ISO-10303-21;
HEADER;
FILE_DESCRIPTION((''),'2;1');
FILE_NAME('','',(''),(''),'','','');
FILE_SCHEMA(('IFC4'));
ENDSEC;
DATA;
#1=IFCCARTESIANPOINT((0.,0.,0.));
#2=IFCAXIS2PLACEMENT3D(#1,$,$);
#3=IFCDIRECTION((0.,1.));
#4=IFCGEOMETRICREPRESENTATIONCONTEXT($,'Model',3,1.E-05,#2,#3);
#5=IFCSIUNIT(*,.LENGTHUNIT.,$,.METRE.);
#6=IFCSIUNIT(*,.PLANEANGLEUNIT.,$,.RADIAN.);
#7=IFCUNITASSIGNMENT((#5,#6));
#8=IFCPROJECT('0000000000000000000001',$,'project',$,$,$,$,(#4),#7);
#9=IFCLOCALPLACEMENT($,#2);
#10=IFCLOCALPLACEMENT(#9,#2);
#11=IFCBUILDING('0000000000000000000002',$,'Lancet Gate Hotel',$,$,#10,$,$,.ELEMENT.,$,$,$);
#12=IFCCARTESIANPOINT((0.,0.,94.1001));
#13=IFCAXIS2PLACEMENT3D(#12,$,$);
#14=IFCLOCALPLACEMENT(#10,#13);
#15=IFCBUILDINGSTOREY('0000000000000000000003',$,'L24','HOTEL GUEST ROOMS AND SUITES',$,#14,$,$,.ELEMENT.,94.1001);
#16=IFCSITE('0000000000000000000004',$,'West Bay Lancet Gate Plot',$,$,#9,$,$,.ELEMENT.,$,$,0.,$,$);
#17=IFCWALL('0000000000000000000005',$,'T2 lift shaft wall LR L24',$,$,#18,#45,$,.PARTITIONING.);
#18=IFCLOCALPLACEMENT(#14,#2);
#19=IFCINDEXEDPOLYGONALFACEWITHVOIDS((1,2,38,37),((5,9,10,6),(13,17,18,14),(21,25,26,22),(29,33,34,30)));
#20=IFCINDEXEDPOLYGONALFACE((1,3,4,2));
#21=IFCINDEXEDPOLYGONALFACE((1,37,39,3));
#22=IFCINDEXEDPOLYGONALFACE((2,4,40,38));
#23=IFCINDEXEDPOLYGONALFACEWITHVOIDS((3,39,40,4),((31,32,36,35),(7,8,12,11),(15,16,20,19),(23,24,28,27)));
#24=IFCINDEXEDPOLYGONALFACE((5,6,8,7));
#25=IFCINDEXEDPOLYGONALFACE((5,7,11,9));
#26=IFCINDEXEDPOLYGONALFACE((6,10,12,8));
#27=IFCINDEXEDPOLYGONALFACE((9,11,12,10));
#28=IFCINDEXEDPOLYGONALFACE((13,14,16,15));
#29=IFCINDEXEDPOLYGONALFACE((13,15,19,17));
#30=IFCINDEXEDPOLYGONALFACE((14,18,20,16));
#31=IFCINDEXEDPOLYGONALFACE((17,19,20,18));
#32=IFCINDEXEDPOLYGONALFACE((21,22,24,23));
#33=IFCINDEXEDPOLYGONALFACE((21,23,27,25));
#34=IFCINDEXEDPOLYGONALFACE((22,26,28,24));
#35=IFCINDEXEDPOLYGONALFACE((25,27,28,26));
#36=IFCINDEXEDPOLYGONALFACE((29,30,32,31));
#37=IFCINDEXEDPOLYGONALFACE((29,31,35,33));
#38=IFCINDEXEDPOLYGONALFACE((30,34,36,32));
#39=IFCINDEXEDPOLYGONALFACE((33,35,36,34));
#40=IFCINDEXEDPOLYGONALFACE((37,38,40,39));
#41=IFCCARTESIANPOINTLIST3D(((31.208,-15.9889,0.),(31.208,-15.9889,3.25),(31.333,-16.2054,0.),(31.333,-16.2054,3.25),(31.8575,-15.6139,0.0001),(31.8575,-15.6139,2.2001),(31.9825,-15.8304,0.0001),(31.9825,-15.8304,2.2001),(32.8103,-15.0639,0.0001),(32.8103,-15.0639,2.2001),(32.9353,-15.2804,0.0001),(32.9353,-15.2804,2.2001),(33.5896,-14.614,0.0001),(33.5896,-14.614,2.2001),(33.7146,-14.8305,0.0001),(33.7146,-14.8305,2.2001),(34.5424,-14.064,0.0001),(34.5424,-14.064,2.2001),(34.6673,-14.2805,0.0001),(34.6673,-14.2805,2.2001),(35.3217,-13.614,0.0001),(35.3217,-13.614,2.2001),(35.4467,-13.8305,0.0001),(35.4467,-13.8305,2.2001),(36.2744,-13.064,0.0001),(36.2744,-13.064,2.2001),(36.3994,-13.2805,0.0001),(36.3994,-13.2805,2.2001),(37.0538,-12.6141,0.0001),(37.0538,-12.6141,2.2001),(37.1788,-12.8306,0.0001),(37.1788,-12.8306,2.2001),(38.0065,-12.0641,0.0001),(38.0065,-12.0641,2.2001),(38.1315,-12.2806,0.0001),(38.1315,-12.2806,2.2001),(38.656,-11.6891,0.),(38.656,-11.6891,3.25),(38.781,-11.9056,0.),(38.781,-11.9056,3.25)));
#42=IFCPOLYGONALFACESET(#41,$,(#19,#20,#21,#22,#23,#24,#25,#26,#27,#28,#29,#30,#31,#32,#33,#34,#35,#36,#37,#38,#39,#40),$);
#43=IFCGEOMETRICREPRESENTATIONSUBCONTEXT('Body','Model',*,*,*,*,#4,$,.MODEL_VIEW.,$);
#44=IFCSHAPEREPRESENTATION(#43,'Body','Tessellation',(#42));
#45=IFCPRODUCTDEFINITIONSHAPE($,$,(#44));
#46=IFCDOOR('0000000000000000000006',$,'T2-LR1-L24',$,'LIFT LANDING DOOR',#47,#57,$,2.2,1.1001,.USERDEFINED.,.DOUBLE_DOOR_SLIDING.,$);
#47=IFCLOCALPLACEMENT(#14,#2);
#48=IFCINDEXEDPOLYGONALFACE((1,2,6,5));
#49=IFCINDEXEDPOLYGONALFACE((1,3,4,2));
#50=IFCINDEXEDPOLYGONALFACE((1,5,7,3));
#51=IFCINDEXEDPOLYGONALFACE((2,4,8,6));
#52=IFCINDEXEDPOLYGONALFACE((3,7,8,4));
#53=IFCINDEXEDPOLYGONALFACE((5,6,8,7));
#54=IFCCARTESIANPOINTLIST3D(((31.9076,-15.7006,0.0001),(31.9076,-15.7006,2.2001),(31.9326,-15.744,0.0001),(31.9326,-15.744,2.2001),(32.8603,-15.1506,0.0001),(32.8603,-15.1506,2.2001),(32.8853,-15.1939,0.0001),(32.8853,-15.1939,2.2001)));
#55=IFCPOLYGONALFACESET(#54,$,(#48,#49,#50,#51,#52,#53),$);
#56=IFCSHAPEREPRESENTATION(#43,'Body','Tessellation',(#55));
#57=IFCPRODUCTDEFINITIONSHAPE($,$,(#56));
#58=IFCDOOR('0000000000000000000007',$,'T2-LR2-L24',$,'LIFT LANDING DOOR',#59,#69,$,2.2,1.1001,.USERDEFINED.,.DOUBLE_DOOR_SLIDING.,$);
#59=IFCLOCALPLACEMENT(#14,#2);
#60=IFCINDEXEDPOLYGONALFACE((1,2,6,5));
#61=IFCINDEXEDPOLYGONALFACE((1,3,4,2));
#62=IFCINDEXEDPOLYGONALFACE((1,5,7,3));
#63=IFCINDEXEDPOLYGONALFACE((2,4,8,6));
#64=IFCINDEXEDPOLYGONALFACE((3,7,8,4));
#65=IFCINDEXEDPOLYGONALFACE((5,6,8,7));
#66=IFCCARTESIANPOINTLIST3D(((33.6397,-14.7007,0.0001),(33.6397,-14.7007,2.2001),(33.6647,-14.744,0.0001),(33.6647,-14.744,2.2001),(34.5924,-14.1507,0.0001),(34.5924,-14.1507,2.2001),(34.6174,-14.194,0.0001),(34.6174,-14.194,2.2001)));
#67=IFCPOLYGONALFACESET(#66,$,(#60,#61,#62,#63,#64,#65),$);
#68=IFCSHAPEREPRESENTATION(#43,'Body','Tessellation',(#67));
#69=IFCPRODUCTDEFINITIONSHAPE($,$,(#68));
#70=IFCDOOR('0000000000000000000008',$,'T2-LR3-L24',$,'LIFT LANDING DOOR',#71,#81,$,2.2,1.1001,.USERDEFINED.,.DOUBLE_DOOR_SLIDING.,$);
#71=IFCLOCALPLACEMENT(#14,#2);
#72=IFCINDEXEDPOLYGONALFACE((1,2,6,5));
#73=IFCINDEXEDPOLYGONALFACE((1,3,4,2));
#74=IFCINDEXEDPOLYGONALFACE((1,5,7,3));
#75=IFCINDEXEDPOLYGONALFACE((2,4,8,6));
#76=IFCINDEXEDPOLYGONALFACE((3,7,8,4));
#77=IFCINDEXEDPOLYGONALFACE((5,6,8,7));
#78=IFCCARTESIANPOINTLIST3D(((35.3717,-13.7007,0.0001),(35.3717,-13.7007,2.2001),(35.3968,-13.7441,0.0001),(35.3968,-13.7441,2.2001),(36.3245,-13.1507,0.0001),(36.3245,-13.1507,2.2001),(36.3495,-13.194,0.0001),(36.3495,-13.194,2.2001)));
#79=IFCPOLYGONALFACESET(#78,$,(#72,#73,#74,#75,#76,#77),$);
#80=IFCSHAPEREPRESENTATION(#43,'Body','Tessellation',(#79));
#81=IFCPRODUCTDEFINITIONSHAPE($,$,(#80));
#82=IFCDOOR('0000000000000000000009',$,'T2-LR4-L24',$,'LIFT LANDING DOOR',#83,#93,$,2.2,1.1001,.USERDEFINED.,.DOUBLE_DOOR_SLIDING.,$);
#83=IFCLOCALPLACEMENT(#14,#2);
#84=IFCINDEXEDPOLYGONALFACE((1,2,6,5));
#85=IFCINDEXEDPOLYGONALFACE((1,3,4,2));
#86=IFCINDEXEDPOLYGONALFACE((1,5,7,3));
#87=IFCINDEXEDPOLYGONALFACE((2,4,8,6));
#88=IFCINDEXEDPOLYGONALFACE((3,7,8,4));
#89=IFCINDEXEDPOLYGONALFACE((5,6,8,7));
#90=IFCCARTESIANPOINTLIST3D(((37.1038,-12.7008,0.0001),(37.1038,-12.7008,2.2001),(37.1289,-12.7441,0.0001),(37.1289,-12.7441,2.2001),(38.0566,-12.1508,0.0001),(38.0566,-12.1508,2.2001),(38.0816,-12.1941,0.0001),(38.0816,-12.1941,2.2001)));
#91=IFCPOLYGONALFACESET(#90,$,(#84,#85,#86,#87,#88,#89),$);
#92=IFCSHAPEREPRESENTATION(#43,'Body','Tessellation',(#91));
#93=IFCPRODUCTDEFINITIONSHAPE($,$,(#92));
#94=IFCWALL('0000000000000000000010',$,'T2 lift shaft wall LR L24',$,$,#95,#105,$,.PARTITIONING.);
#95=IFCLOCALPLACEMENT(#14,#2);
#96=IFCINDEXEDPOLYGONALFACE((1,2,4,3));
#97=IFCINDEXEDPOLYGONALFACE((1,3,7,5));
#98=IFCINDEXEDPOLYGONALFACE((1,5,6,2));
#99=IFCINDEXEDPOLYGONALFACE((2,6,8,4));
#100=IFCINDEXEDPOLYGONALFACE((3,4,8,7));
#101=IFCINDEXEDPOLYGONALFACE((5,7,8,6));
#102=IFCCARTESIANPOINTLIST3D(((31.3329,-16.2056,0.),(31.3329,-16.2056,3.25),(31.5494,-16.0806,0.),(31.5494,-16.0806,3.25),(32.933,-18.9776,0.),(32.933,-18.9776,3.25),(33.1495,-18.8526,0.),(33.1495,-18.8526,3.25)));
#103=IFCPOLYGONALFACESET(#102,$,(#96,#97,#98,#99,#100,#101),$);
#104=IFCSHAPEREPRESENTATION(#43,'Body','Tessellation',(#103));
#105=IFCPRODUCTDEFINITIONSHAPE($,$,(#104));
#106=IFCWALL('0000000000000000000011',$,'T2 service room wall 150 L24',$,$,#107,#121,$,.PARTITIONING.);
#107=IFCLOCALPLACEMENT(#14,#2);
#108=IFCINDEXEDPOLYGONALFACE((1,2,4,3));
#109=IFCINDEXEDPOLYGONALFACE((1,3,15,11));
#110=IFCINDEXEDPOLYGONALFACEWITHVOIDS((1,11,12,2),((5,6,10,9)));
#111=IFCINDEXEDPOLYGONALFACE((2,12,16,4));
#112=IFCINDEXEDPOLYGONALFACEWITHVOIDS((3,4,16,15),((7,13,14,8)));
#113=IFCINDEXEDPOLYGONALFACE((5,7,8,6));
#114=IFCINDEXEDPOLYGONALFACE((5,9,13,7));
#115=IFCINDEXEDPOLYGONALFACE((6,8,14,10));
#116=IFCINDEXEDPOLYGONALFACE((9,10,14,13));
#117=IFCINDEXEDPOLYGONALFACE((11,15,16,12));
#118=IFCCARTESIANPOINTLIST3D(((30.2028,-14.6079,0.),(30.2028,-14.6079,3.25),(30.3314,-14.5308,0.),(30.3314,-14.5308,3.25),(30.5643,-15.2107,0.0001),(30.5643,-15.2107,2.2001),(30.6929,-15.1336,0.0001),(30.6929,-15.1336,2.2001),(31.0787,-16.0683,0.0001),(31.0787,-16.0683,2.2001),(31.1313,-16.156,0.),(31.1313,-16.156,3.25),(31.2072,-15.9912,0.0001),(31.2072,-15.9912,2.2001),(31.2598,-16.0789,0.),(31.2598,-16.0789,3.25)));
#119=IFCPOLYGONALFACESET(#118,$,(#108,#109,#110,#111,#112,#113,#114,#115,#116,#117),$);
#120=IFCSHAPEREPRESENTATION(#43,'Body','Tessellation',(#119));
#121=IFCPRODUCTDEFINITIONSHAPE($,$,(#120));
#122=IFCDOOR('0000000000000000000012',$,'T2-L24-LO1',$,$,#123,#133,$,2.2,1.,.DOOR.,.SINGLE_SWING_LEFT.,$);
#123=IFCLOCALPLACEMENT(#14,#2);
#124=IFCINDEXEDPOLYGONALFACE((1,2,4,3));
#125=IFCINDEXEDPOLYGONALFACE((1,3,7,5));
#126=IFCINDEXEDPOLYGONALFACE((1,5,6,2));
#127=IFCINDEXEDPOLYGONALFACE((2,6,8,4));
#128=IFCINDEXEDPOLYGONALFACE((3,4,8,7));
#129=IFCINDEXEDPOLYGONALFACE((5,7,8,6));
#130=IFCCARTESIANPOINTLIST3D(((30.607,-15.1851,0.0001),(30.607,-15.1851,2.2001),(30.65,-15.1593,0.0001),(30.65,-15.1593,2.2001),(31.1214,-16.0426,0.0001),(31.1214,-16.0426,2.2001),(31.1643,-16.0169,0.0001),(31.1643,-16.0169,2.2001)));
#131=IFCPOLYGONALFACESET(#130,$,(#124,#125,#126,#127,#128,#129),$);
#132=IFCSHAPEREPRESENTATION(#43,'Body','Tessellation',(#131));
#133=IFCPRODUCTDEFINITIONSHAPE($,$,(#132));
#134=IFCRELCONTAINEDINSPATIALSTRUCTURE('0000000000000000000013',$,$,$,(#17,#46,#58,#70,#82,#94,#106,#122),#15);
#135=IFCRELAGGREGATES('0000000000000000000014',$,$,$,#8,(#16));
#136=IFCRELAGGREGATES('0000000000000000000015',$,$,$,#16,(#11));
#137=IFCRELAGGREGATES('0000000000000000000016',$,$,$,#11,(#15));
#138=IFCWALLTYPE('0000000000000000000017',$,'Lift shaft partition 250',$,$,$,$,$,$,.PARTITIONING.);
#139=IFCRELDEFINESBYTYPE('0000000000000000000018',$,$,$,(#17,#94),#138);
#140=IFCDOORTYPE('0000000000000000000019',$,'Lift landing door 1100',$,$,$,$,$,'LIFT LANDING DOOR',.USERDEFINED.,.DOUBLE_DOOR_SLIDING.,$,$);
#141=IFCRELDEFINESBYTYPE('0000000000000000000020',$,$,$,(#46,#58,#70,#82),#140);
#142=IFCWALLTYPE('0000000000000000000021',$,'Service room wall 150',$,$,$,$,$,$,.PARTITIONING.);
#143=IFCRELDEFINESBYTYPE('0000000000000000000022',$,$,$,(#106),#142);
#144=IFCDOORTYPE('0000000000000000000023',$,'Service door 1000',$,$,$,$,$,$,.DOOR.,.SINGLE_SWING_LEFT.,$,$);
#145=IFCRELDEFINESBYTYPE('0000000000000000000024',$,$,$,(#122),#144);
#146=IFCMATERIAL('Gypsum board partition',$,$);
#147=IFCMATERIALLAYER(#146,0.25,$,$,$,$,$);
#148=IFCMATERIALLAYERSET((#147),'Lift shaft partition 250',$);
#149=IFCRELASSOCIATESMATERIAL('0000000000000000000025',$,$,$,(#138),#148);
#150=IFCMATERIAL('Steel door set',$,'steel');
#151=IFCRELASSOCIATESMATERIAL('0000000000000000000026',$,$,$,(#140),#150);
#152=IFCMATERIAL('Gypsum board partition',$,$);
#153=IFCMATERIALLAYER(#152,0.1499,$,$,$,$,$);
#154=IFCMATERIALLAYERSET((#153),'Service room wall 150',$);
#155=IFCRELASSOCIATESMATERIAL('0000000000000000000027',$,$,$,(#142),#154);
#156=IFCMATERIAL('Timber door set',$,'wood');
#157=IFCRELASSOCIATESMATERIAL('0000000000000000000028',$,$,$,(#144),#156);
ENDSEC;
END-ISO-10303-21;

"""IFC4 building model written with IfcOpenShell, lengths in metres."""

from ifc_helpers import new_model, si_unit, direction, frame, frame_2d, origin, place, context, subcontext, project, spatial, rectangle, extrude, material, layer, layer_set, type_object, element, fill, save


model = new_model("IFC4")

# Units and contexts
model_context = context("Model", 3, precision=1e-05, world=origin(), true_north=direction((0.0, 1.0)))
body_context = subcontext(model_context, "Body", "Model", "MODEL_VIEW")
ifc_project = project(units=[si_unit("LENGTHUNIT", "METRE"), si_unit("PLANEANGLEUNIT", "RADIAN")], contexts=[model_context])

# Site, building, storey
site_placement = place(None, origin())
site = spatial("IfcSite", under=ifc_project, at=site_placement, Name="West Bay Lancet Gate Plot", CompositionType="ELEMENT", RefElevation=0.0)
building_placement = place(site_placement, origin())
building = spatial("IfcBuilding", under=site, at=building_placement, Name="Lancet Gate Hotel", CompositionType="ELEMENT")
storey_placement = place(building_placement, frame((0.0, 0.0, 94.1001)))
storey = spatial("IfcBuildingStorey", under=building, at=storey_placement, Name="L24", Description="HOTEL GUEST ROOMS AND SUITES", CompositionType="ELEMENT", Elevation=94.1001)

# Wall, openings, doors
ifc_material_1 = material(Name="Gypsum board partition")
ifc_layer_1 = layer(ifc_material_1, 0.25)
ifc_layer_set_1 = layer_set([ifc_layer_1], Name="Lift shaft partition 250")
wall_type_1 = type_object("IfcWallType", Name="Lift shaft partition 250", PredefinedType="PARTITIONING", material=ifc_layer_set_1)
wall_1_placement = place(storey_placement, frame((31.2705, -16.0972, 0.0), z_axis=(0.0, 0.0, 1.0), x_axis=(0.86604, 0.499974, 0.0)))
wall_1 = element("IfcWall", 1, at=wall_1_placement, inside=storey, type_object=wall_type_1, Name="T2 lift shaft wall LR L24", PredefinedType="PARTITIONING", context=body_context, shape_type="SweptSolid", body=[
    extrude(rectangle(XDim=8.6001, YDim=0.25, at=frame_2d((4.3, 0.0))), origin(), (0.0, 0.0, 1.0), 3.25),
])
opening_1_placement = place(wall_1_placement, frame((0.75, 0.0, 0.0)))
opening_1 = element("IfcOpeningElement", 2, at=opening_1_placement, cuts=wall_1, PredefinedType="OPENING", context=body_context, shape_type="SweptSolid", body=[
    extrude(rectangle(XDim=1.1001, YDim=2.2, at=frame_2d((0.55, 1.1001))), frame((0.0, 0.135, 0.0), z_axis=(0.0, -1.0, 0.0), x_axis=(1.0, 0.0, 0.0)), (0.0, 0.0, 1.0), 0.27),
])
opening_2_placement = place(wall_1_placement, frame((2.75, 0.0, 0.0)))
opening_2 = element("IfcOpeningElement", 3, at=opening_2_placement, cuts=wall_1, PredefinedType="OPENING", context=body_context, shape_type="SweptSolid", body=[
    extrude(rectangle(XDim=1.1001, YDim=2.2, at=frame_2d((0.55, 1.1001))), frame((0.0, 0.135, 0.0), z_axis=(0.0, -1.0, 0.0), x_axis=(1.0, 0.0, 0.0)), (0.0, 0.0, 1.0), 0.27),
])
opening_3_placement = place(wall_1_placement, frame((4.75, 0.0, 0.0)))
opening_3 = element("IfcOpeningElement", 4, at=opening_3_placement, cuts=wall_1, PredefinedType="OPENING", context=body_context, shape_type="SweptSolid", body=[
    extrude(rectangle(XDim=1.1001, YDim=2.2, at=frame_2d((0.55, 1.1001))), frame((0.0, 0.135, 0.0), z_axis=(0.0, -1.0, 0.0), x_axis=(1.0, 0.0, 0.0)), (0.0, 0.0, 1.0), 0.27),
])
opening_4_placement = place(wall_1_placement, frame((6.75, 0.0, 0.0)))
opening_4 = element("IfcOpeningElement", 5, at=opening_4_placement, cuts=wall_1, PredefinedType="OPENING", context=body_context, shape_type="SweptSolid", body=[
    extrude(rectangle(XDim=1.1001, YDim=2.2, at=frame_2d((0.55, 1.1001))), frame((0.0, 0.135, 0.0), z_axis=(0.0, -1.0, 0.0), x_axis=(1.0, 0.0, 0.0)), (0.0, 0.0, 1.0), 0.27),
])
ifc_material_2 = material(Name="Steel door set", Category="steel")
door_type_1 = type_object("IfcDoorType", Name="Lift landing door 1100", ElementType="LIFT LANDING DOOR", OperationType="DOUBLE_DOOR_SLIDING", PredefinedType="USERDEFINED", material=ifc_material_2)
door_1_placement = place(opening_1_placement, origin())
door_1 = element("IfcDoor", 6, at=door_1_placement, inside=storey, type_object=door_type_1, Name="T2-LR1-L24", ObjectType="LIFT LANDING DOOR", OperationType="DOUBLE_DOOR_SLIDING", OverallHeight=2.2, OverallWidth=1.1001, PredefinedType="USERDEFINED", context=body_context, shape_type="SweptSolid", body=[
    extrude(rectangle(XDim=1.1001, YDim=2.2, at=frame_2d((0.55, 1.1001))), frame((0.0, 0.0249, 0.0), z_axis=(0.0, -1.0, 0.0), x_axis=(1.0, 0.0, 0.0)), (0.0, 0.0, 1.0), 0.05),
])
fill(opening_1, door_1)
door_2_placement = place(opening_2_placement, origin())
door_2 = element("IfcDoor", 7, at=door_2_placement, inside=storey, type_object=door_type_1, Name="T2-LR2-L24", ObjectType="LIFT LANDING DOOR", OperationType="DOUBLE_DOOR_SLIDING", OverallHeight=2.2, OverallWidth=1.1001, PredefinedType="USERDEFINED", context=body_context, shape_type="SweptSolid", body=[
    extrude(rectangle(XDim=1.1001, YDim=2.2, at=frame_2d((0.55, 1.1001))), frame((0.0, 0.0249, 0.0), z_axis=(0.0, -1.0, 0.0), x_axis=(1.0, 0.0, 0.0)), (0.0, 0.0, 1.0), 0.05),
])
fill(opening_2, door_2)
door_3_placement = place(opening_3_placement, origin())
door_3 = element("IfcDoor", 8, at=door_3_placement, inside=storey, type_object=door_type_1, Name="T2-LR3-L24", ObjectType="LIFT LANDING DOOR", OperationType="DOUBLE_DOOR_SLIDING", OverallHeight=2.2, OverallWidth=1.1001, PredefinedType="USERDEFINED", context=body_context, shape_type="SweptSolid", body=[
    extrude(rectangle(XDim=1.1001, YDim=2.2, at=frame_2d((0.55, 1.1001))), frame((0.0, 0.0249, 0.0), z_axis=(0.0, -1.0, 0.0), x_axis=(1.0, 0.0, 0.0)), (0.0, 0.0, 1.0), 0.05),
])
fill(opening_3, door_3)
door_4_placement = place(opening_4_placement, origin())
door_4 = element("IfcDoor", 9, at=door_4_placement, inside=storey, type_object=door_type_1, Name="T2-LR4-L24", ObjectType="LIFT LANDING DOOR", OperationType="DOUBLE_DOOR_SLIDING", OverallHeight=2.2, OverallWidth=1.1001, PredefinedType="USERDEFINED", context=body_context, shape_type="SweptSolid", body=[
    extrude(rectangle(XDim=1.1001, YDim=2.2, at=frame_2d((0.55, 1.1001))), frame((0.0, 0.0249, 0.0), z_axis=(0.0, -1.0, 0.0), x_axis=(1.0, 0.0, 0.0)), (0.0, 0.0, 1.0), 0.05),
])
fill(opening_4, door_4)

# Wall
wall_2_placement = place(storey_placement, frame((31.4412, -16.1431, 0.0), z_axis=(0.0, 0.0, 1.0), x_axis=(0.499929, -0.866066, 0.0)))
element("IfcWall", 10, at=wall_2_placement, inside=storey, type_object=wall_type_1, Name="T2 lift shaft wall LR L24", PredefinedType="PARTITIONING", context=body_context, shape_type="SweptSolid", body=[
    extrude(rectangle(XDim=3.2007, YDim=0.25, at=frame_2d((1.6003, 0.0))), origin(), (0.0, 0.0, 1.0), 3.25),
])

# Wall, opening, door
ifc_material_3 = material(Name="Gypsum board partition")
ifc_layer_2 = layer(ifc_material_3, 0.1499)
ifc_layer_set_2 = layer_set([ifc_layer_2], Name="Service room wall 150")
wall_type_2 = type_object("IfcWallType", Name="Service room wall 150", PredefinedType="PARTITIONING", material=ifc_layer_set_2)
wall_3_placement = place(storey_placement, frame((30.2671, -14.5693, 0.0), z_axis=(0.0, 0.0, 1.0), x_axis=(0.514337, -0.857588, 0.0)))
wall_3 = element("IfcWall", 11, at=wall_3_placement, inside=storey, type_object=wall_type_2, Name="T2 service room wall 150 L24", PredefinedType="PARTITIONING", context=body_context, shape_type="SweptSolid", body=[
    extrude(rectangle(XDim=1.8052, YDim=0.1499, at=frame_2d((0.9026, 0.0))), origin(), (0.0, 0.0, 1.0), 3.25),
])
opening_5_placement = place(wall_3_placement, frame((0.7029, 0.0, 0.0)))
opening_5 = element("IfcOpeningElement", 12, at=opening_5_placement, cuts=wall_3, PredefinedType="OPENING", context=body_context, shape_type="SweptSolid", body=[
    extrude(rectangle(XDim=1.0, YDim=2.2, at=frame_2d((0.5, 1.1001))), frame((0.0, 0.085, 0.0), z_axis=(0.0, -1.0, 0.0), x_axis=(1.0, 0.0, 0.0)), (0.0, 0.0, 1.0), 0.1699),
])
ifc_material_4 = material(Name="Timber door set", Category="wood")
door_type_2 = type_object("IfcDoorType", Name="Service door 1000", OperationType="SINGLE_SWING_LEFT", PredefinedType="DOOR", material=ifc_material_4)
door_5_placement = place(opening_5_placement, origin())
door_5 = element("IfcDoor", 13, at=door_5_placement, inside=storey, type_object=door_type_2, Name="T2-L24-LO1", OperationType="SINGLE_SWING_LEFT", OverallHeight=2.2, OverallWidth=1.0, PredefinedType="DOOR", context=body_context, shape_type="SweptSolid", body=[
    extrude(rectangle(XDim=1.0, YDim=2.2, at=frame_2d((0.5, 1.1001))), frame((0.0, 0.0249, 0.0), z_axis=(0.0, -1.0, 0.0), x_axis=(1.0, 0.0, 0.0)), (0.0, 0.0, 1.0), 0.05),
])
fill(opening_5, door_5)

save(model, "model.ifc")
